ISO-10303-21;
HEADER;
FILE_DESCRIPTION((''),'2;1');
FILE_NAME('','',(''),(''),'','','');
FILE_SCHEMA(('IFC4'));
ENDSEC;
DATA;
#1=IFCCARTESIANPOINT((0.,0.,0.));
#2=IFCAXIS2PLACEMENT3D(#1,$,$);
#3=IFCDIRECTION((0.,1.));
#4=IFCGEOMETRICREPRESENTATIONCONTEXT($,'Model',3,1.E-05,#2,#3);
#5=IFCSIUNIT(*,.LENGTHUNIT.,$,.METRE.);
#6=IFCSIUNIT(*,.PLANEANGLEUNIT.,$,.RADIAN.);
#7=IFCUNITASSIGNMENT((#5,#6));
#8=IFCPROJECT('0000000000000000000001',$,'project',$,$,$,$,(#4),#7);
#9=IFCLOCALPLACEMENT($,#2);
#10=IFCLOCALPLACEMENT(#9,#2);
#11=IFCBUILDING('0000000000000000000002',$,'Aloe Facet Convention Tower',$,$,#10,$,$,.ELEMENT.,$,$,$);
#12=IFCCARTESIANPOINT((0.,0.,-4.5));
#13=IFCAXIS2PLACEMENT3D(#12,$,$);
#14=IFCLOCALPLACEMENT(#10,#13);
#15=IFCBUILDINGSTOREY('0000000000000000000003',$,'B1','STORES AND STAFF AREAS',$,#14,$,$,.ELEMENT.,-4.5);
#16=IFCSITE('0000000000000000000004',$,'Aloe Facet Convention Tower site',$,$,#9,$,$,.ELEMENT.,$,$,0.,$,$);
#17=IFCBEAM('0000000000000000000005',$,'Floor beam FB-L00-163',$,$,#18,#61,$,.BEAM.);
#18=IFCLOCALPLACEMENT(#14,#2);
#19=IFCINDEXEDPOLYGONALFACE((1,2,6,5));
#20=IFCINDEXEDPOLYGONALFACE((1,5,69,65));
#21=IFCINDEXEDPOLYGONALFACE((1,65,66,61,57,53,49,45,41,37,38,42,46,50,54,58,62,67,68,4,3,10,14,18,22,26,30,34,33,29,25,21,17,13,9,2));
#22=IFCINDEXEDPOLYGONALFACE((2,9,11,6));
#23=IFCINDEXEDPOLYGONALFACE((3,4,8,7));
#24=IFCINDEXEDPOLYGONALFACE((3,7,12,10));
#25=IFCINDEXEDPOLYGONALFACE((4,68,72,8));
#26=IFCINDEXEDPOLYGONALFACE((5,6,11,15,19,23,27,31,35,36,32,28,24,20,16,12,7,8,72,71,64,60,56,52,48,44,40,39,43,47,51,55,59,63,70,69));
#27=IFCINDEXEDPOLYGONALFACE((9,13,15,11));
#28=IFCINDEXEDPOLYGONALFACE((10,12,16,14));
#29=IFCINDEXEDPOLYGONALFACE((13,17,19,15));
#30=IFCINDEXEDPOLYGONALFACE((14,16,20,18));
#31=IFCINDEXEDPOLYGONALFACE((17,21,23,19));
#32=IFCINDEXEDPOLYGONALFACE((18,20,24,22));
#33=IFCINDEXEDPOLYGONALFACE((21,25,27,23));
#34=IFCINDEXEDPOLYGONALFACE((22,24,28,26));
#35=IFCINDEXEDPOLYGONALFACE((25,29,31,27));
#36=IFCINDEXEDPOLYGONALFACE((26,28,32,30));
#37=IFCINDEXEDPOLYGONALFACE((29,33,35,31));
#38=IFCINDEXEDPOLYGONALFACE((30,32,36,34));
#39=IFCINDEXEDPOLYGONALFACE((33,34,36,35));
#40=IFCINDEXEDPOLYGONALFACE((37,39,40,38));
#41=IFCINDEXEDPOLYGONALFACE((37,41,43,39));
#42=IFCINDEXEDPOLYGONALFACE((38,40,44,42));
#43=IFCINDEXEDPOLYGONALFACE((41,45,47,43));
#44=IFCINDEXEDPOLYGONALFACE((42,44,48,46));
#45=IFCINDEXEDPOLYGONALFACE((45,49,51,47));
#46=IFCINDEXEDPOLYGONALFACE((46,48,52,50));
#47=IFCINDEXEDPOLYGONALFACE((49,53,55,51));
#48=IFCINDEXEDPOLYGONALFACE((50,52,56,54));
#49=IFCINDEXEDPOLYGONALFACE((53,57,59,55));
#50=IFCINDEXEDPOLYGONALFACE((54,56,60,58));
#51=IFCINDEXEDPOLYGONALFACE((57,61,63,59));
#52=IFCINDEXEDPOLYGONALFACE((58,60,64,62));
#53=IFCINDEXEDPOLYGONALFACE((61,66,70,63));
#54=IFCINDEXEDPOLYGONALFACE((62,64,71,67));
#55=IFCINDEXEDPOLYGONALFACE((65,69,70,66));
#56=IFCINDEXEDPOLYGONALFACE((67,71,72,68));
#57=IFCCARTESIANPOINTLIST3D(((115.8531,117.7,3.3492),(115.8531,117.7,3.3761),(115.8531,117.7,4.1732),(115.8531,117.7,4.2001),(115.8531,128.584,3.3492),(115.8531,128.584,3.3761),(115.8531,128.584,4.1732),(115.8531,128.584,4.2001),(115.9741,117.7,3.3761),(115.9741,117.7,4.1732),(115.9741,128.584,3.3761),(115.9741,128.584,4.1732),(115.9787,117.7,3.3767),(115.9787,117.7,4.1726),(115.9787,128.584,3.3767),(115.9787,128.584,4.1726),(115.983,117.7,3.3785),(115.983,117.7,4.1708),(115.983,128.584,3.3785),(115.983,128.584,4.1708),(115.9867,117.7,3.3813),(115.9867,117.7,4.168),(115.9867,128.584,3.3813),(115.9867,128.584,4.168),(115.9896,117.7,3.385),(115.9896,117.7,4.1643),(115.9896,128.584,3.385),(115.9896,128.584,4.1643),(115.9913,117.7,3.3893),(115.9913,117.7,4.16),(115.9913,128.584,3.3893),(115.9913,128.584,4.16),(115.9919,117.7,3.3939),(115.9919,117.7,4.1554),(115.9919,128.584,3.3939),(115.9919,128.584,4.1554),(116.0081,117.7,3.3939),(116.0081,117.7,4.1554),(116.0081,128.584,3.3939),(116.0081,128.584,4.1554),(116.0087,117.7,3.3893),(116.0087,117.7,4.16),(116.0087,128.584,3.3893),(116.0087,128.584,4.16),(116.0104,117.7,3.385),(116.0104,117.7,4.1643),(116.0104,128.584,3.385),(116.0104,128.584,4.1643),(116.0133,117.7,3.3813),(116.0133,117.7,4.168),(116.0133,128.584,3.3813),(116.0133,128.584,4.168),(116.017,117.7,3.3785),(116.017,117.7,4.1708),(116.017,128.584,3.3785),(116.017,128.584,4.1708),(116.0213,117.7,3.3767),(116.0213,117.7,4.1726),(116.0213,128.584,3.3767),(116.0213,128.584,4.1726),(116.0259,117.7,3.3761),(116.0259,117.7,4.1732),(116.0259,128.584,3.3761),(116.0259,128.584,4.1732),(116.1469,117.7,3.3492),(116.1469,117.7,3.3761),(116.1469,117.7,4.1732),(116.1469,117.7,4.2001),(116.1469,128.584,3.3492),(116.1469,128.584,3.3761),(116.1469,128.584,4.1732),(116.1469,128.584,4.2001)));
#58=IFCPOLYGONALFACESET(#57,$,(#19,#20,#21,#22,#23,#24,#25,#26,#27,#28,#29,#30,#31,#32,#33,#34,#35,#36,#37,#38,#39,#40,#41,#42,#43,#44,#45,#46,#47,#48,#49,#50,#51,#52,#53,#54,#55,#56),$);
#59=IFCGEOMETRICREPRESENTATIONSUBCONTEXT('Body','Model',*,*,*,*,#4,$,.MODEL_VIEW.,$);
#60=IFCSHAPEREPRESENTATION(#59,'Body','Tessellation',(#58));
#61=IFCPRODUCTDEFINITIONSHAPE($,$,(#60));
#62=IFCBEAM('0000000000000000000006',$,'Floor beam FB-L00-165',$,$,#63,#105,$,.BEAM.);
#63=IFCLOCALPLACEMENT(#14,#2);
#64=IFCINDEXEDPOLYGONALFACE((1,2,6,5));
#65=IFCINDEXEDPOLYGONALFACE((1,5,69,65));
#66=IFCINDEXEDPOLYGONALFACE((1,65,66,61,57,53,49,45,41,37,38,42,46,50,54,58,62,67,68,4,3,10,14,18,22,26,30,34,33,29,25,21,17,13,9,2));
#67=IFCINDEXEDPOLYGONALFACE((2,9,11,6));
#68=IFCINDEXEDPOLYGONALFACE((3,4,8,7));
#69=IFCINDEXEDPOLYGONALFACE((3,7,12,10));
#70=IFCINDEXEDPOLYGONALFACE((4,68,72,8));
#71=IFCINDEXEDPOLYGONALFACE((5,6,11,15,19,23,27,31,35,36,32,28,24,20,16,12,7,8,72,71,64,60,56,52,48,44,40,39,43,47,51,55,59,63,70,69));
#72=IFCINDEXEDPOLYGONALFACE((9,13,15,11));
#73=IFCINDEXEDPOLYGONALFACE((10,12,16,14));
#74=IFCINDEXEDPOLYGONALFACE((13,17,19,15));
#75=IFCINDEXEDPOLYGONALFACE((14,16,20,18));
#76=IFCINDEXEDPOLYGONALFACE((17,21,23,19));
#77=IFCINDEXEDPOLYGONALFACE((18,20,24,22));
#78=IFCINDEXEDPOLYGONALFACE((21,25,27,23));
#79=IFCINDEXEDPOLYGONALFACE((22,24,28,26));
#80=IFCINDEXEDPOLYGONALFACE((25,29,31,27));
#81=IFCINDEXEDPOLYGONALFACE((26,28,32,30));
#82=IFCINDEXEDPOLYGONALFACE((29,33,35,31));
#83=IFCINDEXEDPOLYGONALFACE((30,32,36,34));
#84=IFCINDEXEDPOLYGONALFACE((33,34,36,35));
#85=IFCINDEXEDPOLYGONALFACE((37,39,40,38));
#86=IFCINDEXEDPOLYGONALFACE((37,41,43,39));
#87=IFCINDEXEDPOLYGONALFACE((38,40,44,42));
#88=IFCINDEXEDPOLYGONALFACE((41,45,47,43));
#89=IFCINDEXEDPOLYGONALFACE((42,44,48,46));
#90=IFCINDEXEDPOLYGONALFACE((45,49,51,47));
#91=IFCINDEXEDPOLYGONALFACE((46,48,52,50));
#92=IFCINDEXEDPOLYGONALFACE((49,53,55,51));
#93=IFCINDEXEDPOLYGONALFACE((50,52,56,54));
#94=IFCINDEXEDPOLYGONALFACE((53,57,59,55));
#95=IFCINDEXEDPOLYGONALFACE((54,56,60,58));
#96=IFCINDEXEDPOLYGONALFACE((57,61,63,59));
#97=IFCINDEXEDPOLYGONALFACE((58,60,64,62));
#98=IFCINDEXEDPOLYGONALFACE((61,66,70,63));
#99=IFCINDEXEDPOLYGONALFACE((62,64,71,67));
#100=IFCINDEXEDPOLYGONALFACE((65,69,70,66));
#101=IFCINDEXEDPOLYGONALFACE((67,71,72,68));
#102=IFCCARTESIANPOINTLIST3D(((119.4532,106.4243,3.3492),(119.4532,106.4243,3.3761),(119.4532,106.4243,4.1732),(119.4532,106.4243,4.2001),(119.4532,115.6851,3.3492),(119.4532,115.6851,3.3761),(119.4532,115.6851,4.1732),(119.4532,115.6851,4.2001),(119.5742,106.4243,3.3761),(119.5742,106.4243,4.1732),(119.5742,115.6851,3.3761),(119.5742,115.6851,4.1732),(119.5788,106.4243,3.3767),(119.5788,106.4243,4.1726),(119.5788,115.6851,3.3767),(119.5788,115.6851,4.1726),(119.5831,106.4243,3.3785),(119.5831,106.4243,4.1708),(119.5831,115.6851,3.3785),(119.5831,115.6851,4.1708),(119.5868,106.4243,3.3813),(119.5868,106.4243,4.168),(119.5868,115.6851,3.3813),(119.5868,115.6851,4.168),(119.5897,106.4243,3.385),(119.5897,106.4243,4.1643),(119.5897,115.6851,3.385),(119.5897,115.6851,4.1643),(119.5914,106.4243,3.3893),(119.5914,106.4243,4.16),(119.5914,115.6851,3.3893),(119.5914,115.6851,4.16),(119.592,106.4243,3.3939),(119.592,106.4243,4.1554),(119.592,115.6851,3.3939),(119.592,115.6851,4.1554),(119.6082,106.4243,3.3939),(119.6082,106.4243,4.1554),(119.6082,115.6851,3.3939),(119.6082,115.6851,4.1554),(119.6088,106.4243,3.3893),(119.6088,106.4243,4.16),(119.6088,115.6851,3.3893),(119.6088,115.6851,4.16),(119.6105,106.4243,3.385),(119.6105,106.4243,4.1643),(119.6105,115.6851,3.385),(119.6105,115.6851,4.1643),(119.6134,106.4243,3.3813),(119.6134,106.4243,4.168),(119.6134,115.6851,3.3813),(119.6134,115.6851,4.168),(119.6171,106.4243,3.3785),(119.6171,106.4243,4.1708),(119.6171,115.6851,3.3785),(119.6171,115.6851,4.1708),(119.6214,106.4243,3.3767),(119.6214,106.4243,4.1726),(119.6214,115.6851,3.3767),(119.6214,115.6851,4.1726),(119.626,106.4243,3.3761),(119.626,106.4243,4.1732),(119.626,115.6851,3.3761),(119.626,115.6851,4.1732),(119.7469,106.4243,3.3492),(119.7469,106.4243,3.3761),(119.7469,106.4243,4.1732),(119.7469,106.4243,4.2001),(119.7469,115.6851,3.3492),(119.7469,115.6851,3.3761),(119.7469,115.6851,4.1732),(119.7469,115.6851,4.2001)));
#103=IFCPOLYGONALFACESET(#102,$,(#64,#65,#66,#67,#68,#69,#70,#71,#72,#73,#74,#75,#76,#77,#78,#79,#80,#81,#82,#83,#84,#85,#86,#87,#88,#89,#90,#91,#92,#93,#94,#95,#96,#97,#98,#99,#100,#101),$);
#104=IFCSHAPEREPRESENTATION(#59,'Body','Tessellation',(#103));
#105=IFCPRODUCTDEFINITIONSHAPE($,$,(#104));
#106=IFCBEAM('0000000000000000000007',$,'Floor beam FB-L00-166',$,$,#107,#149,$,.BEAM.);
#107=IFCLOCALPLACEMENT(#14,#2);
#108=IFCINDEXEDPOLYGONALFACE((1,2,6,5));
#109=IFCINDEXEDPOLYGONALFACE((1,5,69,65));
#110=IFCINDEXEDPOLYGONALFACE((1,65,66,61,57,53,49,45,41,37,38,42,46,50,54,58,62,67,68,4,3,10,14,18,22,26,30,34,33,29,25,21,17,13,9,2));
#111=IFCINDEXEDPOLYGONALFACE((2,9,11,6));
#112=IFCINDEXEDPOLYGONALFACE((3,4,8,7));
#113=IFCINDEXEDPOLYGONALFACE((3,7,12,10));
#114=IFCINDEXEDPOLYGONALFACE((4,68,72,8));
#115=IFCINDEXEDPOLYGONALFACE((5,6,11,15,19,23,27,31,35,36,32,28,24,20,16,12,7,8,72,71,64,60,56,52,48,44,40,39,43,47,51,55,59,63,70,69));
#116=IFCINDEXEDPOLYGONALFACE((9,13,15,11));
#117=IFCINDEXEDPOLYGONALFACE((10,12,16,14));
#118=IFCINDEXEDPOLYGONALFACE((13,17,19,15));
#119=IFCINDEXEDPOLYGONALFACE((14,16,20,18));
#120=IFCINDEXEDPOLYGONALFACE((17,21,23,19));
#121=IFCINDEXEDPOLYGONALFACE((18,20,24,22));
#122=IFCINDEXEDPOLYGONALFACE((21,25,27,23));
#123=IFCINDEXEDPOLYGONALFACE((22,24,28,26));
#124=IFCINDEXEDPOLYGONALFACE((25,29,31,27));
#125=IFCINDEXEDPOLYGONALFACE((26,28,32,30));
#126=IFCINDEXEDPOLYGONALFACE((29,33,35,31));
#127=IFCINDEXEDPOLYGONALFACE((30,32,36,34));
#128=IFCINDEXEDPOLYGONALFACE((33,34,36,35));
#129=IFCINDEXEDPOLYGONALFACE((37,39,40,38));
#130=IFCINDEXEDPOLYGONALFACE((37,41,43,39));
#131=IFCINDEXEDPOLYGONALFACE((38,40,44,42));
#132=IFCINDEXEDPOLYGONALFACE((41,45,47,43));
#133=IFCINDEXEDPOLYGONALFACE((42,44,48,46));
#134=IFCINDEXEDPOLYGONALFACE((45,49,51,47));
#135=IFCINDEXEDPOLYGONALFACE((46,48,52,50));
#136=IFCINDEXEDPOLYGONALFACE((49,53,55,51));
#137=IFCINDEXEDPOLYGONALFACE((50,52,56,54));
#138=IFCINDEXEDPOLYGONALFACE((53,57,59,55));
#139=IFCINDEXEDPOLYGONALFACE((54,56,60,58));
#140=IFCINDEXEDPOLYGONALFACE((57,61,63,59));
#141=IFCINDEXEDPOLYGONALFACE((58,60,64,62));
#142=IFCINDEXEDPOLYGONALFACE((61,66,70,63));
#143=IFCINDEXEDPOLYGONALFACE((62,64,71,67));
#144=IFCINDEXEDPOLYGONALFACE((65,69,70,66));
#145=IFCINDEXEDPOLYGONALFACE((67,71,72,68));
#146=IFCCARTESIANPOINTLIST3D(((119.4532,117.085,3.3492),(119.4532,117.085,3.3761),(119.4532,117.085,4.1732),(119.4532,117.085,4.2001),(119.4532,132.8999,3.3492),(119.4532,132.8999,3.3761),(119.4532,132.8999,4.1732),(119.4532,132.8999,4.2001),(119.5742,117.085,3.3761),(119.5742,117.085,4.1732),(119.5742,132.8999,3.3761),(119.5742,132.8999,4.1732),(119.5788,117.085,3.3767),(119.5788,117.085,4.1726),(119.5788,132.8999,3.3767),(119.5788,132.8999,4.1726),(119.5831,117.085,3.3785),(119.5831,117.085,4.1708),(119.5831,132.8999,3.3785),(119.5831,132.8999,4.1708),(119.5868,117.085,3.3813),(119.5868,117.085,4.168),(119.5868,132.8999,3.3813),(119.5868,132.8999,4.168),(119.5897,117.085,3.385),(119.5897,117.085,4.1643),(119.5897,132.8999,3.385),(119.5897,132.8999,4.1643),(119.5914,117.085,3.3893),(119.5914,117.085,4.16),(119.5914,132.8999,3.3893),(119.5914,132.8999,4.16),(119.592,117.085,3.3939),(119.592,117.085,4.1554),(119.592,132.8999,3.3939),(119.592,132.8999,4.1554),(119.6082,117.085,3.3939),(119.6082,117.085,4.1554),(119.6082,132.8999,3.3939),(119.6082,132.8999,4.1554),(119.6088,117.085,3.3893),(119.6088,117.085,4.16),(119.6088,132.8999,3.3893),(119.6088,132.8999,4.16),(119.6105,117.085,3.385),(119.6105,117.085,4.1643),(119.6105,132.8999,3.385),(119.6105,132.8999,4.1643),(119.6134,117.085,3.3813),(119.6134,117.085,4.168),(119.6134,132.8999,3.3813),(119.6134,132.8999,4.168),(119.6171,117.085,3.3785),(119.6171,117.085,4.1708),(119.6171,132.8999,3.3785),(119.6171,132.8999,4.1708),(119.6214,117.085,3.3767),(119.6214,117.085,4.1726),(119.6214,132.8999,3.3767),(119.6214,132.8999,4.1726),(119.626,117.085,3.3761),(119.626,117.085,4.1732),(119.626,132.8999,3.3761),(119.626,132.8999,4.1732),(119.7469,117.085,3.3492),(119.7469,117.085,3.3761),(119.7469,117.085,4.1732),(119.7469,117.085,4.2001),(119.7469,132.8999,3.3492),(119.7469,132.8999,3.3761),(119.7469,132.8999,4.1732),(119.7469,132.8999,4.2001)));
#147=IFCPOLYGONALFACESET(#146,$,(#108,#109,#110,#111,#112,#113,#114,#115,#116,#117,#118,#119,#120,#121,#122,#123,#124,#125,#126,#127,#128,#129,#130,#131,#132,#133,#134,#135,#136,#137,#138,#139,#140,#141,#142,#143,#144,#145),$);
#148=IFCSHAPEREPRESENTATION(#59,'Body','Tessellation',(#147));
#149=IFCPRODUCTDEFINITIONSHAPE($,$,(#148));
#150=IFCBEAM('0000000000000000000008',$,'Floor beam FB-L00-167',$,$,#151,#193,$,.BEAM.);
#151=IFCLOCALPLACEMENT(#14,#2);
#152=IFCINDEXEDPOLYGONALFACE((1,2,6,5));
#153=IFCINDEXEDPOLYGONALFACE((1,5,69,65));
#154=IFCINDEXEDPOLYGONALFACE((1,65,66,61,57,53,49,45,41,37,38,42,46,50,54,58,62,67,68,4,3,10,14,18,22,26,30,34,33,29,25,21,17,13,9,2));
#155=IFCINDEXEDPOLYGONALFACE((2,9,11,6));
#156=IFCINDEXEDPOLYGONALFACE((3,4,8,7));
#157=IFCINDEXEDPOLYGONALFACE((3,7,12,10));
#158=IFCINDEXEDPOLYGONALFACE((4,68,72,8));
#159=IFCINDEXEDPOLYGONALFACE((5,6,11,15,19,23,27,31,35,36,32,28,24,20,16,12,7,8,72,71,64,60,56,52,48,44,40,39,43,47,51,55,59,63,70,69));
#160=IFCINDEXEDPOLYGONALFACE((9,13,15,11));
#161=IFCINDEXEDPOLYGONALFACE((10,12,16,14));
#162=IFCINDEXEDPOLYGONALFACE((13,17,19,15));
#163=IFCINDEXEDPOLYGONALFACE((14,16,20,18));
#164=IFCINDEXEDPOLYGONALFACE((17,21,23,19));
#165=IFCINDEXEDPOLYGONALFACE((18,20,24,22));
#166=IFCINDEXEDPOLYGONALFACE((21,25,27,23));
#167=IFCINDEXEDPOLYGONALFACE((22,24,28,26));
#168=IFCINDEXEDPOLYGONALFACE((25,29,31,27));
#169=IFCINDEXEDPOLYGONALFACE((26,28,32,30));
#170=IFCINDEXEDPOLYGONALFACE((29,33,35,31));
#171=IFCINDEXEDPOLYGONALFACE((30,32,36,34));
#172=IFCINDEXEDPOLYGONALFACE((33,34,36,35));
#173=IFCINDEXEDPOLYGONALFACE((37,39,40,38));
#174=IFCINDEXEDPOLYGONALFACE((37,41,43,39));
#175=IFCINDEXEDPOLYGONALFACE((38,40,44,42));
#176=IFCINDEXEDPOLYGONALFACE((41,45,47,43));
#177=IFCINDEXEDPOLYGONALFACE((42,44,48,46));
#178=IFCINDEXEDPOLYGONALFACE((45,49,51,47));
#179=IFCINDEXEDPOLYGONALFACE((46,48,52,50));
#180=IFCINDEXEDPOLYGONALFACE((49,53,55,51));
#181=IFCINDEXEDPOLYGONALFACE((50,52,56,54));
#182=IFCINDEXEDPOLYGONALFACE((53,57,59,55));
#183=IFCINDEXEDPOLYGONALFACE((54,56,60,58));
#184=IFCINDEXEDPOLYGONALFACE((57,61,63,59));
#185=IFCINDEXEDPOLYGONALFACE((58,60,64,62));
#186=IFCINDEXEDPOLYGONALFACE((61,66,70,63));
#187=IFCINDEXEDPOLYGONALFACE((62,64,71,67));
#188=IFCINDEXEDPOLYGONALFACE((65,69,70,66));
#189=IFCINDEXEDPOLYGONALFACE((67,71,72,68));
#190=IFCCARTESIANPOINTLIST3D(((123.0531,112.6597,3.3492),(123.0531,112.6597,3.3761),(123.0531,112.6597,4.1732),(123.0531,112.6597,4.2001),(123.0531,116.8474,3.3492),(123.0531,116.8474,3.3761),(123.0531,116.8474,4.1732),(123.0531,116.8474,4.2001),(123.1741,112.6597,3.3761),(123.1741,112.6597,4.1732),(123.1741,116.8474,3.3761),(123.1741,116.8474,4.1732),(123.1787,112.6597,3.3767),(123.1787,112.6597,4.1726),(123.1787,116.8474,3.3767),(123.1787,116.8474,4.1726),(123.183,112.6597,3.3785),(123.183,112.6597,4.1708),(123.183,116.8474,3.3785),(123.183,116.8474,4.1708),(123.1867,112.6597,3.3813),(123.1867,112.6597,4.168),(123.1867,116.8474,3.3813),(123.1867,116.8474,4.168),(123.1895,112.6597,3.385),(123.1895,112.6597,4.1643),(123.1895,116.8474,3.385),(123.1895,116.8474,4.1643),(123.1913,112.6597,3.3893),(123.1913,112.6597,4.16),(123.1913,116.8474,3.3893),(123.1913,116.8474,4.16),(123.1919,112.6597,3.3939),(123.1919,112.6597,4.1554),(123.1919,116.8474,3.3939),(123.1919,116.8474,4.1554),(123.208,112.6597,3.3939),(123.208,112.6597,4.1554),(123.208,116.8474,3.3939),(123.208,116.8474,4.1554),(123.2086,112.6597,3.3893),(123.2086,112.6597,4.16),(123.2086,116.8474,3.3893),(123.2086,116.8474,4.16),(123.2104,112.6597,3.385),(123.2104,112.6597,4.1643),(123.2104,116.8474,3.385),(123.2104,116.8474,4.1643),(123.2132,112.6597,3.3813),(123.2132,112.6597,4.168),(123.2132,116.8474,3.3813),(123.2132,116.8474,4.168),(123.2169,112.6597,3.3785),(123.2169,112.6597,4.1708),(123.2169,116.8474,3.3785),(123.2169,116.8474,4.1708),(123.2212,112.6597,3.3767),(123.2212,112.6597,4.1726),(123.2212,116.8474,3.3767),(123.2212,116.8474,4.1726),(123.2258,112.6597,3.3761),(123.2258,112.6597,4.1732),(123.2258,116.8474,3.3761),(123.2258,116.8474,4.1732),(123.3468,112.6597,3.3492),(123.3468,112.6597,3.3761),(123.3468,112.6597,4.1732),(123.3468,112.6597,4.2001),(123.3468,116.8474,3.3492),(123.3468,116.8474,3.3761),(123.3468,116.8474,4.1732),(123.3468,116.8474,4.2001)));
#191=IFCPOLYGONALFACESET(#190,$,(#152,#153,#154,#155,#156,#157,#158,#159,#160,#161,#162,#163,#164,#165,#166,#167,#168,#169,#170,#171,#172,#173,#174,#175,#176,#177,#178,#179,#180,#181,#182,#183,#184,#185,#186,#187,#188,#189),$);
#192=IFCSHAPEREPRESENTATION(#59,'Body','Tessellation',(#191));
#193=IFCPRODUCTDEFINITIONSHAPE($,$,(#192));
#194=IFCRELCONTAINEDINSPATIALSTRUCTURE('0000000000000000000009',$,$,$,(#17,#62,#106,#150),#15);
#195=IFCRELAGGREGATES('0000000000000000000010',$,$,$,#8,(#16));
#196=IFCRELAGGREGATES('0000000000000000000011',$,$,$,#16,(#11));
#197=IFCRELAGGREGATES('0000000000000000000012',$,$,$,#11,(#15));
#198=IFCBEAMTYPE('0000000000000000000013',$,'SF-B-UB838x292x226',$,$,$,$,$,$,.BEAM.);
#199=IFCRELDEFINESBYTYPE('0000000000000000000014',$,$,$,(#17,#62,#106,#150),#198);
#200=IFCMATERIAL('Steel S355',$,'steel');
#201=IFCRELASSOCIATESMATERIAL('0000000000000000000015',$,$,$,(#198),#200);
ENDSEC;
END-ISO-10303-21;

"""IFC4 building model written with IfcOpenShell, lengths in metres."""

from ifc_helpers import new_model, si_unit, direction, frame, origin, origin_2d, place, context, subcontext, project, spatial, i_section, extrude, material, material_profile, profile_set, type_object, element, save


model = new_model("IFC4")

# Units and contexts
model_context = context("Model", 3, precision=1e-05, world=origin(), true_north=direction((0.0, 1.0)))
body_context = subcontext(model_context, "Body", "Model", "MODEL_VIEW")
ifc_project = project(units=[si_unit("LENGTHUNIT", "METRE"), si_unit("PLANEANGLEUNIT", "RADIAN")], contexts=[model_context])

# Site, building, storey
site_placement = place(None, origin())
site = spatial("IfcSite", under=ifc_project, at=site_placement, Name="Aloe Facet Convention Tower site", CompositionType="ELEMENT", RefElevation=0.0)
building_placement = place(site_placement, origin())
building = spatial("IfcBuilding", under=site, at=building_placement, Name="Aloe Facet Convention Tower", CompositionType="ELEMENT")
storey_placement = place(building_placement, frame((0.0, 0.0, -4.5)))
storey = spatial("IfcBuildingStorey", under=building, at=storey_placement, Name="B1", Description="STORES AND STAFF AREAS", CompositionType="ELEMENT", Elevation=-4.5)

# Beams
ifc_material_1 = material(Name="Steel S355", Category="steel")
ifc_material_profile_1 = material_profile(ifc_material_1, i_section(OverallWidth=0.2937, OverallDepth=0.8508, WebThickness=0.0161, FlangeThickness=0.0269, FilletRadius=0.0178, at=origin_2d()), Name="UB 838x292x226")
ifc_profile_set_1 = profile_set([ifc_material_profile_1], Name="Steel S355")
beam_type_1 = type_object("IfcBeamType", Name="SF-B-UB838x292x226", PredefinedType="BEAM", material=ifc_profile_set_1)
beam_1_placement = place(storey_placement, frame((116.0, 117.7, 3.7747), z_axis=(0.0, 1.0, 0.0), x_axis=(-1.0, 0.0, 0.0)))
element("IfcBeam", 1, at=beam_1_placement, inside=storey, type_object=beam_type_1, Name="Floor beam FB-L00-163", PredefinedType="BEAM", context=body_context, shape_type="SweptSolid", body=[
    extrude(i_section(OverallWidth=0.2937, OverallDepth=0.8508, WebThickness=0.0161, FlangeThickness=0.0269, FilletRadius=0.0178, at=origin_2d()), origin(), (0.0, 0.0, 1.0), 10.884),
])
beam_2_placement = place(storey_placement, frame((119.6001, 106.4243, 3.7747), z_axis=(0.0, 1.0, 0.0), x_axis=(-1.0, 0.0, 0.0)))
element("IfcBeam", 2, at=beam_2_placement, inside=storey, type_object=beam_type_1, Name="Floor beam FB-L00-165", PredefinedType="BEAM", context=body_context, shape_type="SweptSolid", body=[
    extrude(i_section(OverallWidth=0.2937, OverallDepth=0.8508, WebThickness=0.0161, FlangeThickness=0.0269, FilletRadius=0.0178, at=origin_2d()), origin(), (0.0, 0.0, 1.0), 9.2607),
])
beam_3_placement = place(storey_placement, frame((119.6001, 117.085, 3.7747), z_axis=(0.0, 1.0, 0.0), x_axis=(-1.0, 0.0, 0.0)))
element("IfcBeam", 3, at=beam_3_placement, inside=storey, type_object=beam_type_1, Name="Floor beam FB-L00-166", PredefinedType="BEAM", context=body_context, shape_type="SweptSolid", body=[
    extrude(i_section(OverallWidth=0.2937, OverallDepth=0.8508, WebThickness=0.0161, FlangeThickness=0.0269, FilletRadius=0.0178, at=origin_2d()), origin(), (0.0, 0.0, 1.0), 15.8149),
])
beam_4_placement = place(storey_placement, frame((123.2, 112.6597, 3.7747), z_axis=(0.0, 1.0, 0.0), x_axis=(-1.0, 0.0, 0.0)))
element("IfcBeam", 4, at=beam_4_placement, inside=storey, type_object=beam_type_1, Name="Floor beam FB-L00-167", PredefinedType="BEAM", context=body_context, shape_type="SweptSolid", body=[
    extrude(i_section(OverallWidth=0.2937, OverallDepth=0.8508, WebThickness=0.0161, FlangeThickness=0.0269, FilletRadius=0.0178, at=origin_2d()), origin(), (0.0, 0.0, 1.0), 4.1877),
])

save(model, "model.ifc")
